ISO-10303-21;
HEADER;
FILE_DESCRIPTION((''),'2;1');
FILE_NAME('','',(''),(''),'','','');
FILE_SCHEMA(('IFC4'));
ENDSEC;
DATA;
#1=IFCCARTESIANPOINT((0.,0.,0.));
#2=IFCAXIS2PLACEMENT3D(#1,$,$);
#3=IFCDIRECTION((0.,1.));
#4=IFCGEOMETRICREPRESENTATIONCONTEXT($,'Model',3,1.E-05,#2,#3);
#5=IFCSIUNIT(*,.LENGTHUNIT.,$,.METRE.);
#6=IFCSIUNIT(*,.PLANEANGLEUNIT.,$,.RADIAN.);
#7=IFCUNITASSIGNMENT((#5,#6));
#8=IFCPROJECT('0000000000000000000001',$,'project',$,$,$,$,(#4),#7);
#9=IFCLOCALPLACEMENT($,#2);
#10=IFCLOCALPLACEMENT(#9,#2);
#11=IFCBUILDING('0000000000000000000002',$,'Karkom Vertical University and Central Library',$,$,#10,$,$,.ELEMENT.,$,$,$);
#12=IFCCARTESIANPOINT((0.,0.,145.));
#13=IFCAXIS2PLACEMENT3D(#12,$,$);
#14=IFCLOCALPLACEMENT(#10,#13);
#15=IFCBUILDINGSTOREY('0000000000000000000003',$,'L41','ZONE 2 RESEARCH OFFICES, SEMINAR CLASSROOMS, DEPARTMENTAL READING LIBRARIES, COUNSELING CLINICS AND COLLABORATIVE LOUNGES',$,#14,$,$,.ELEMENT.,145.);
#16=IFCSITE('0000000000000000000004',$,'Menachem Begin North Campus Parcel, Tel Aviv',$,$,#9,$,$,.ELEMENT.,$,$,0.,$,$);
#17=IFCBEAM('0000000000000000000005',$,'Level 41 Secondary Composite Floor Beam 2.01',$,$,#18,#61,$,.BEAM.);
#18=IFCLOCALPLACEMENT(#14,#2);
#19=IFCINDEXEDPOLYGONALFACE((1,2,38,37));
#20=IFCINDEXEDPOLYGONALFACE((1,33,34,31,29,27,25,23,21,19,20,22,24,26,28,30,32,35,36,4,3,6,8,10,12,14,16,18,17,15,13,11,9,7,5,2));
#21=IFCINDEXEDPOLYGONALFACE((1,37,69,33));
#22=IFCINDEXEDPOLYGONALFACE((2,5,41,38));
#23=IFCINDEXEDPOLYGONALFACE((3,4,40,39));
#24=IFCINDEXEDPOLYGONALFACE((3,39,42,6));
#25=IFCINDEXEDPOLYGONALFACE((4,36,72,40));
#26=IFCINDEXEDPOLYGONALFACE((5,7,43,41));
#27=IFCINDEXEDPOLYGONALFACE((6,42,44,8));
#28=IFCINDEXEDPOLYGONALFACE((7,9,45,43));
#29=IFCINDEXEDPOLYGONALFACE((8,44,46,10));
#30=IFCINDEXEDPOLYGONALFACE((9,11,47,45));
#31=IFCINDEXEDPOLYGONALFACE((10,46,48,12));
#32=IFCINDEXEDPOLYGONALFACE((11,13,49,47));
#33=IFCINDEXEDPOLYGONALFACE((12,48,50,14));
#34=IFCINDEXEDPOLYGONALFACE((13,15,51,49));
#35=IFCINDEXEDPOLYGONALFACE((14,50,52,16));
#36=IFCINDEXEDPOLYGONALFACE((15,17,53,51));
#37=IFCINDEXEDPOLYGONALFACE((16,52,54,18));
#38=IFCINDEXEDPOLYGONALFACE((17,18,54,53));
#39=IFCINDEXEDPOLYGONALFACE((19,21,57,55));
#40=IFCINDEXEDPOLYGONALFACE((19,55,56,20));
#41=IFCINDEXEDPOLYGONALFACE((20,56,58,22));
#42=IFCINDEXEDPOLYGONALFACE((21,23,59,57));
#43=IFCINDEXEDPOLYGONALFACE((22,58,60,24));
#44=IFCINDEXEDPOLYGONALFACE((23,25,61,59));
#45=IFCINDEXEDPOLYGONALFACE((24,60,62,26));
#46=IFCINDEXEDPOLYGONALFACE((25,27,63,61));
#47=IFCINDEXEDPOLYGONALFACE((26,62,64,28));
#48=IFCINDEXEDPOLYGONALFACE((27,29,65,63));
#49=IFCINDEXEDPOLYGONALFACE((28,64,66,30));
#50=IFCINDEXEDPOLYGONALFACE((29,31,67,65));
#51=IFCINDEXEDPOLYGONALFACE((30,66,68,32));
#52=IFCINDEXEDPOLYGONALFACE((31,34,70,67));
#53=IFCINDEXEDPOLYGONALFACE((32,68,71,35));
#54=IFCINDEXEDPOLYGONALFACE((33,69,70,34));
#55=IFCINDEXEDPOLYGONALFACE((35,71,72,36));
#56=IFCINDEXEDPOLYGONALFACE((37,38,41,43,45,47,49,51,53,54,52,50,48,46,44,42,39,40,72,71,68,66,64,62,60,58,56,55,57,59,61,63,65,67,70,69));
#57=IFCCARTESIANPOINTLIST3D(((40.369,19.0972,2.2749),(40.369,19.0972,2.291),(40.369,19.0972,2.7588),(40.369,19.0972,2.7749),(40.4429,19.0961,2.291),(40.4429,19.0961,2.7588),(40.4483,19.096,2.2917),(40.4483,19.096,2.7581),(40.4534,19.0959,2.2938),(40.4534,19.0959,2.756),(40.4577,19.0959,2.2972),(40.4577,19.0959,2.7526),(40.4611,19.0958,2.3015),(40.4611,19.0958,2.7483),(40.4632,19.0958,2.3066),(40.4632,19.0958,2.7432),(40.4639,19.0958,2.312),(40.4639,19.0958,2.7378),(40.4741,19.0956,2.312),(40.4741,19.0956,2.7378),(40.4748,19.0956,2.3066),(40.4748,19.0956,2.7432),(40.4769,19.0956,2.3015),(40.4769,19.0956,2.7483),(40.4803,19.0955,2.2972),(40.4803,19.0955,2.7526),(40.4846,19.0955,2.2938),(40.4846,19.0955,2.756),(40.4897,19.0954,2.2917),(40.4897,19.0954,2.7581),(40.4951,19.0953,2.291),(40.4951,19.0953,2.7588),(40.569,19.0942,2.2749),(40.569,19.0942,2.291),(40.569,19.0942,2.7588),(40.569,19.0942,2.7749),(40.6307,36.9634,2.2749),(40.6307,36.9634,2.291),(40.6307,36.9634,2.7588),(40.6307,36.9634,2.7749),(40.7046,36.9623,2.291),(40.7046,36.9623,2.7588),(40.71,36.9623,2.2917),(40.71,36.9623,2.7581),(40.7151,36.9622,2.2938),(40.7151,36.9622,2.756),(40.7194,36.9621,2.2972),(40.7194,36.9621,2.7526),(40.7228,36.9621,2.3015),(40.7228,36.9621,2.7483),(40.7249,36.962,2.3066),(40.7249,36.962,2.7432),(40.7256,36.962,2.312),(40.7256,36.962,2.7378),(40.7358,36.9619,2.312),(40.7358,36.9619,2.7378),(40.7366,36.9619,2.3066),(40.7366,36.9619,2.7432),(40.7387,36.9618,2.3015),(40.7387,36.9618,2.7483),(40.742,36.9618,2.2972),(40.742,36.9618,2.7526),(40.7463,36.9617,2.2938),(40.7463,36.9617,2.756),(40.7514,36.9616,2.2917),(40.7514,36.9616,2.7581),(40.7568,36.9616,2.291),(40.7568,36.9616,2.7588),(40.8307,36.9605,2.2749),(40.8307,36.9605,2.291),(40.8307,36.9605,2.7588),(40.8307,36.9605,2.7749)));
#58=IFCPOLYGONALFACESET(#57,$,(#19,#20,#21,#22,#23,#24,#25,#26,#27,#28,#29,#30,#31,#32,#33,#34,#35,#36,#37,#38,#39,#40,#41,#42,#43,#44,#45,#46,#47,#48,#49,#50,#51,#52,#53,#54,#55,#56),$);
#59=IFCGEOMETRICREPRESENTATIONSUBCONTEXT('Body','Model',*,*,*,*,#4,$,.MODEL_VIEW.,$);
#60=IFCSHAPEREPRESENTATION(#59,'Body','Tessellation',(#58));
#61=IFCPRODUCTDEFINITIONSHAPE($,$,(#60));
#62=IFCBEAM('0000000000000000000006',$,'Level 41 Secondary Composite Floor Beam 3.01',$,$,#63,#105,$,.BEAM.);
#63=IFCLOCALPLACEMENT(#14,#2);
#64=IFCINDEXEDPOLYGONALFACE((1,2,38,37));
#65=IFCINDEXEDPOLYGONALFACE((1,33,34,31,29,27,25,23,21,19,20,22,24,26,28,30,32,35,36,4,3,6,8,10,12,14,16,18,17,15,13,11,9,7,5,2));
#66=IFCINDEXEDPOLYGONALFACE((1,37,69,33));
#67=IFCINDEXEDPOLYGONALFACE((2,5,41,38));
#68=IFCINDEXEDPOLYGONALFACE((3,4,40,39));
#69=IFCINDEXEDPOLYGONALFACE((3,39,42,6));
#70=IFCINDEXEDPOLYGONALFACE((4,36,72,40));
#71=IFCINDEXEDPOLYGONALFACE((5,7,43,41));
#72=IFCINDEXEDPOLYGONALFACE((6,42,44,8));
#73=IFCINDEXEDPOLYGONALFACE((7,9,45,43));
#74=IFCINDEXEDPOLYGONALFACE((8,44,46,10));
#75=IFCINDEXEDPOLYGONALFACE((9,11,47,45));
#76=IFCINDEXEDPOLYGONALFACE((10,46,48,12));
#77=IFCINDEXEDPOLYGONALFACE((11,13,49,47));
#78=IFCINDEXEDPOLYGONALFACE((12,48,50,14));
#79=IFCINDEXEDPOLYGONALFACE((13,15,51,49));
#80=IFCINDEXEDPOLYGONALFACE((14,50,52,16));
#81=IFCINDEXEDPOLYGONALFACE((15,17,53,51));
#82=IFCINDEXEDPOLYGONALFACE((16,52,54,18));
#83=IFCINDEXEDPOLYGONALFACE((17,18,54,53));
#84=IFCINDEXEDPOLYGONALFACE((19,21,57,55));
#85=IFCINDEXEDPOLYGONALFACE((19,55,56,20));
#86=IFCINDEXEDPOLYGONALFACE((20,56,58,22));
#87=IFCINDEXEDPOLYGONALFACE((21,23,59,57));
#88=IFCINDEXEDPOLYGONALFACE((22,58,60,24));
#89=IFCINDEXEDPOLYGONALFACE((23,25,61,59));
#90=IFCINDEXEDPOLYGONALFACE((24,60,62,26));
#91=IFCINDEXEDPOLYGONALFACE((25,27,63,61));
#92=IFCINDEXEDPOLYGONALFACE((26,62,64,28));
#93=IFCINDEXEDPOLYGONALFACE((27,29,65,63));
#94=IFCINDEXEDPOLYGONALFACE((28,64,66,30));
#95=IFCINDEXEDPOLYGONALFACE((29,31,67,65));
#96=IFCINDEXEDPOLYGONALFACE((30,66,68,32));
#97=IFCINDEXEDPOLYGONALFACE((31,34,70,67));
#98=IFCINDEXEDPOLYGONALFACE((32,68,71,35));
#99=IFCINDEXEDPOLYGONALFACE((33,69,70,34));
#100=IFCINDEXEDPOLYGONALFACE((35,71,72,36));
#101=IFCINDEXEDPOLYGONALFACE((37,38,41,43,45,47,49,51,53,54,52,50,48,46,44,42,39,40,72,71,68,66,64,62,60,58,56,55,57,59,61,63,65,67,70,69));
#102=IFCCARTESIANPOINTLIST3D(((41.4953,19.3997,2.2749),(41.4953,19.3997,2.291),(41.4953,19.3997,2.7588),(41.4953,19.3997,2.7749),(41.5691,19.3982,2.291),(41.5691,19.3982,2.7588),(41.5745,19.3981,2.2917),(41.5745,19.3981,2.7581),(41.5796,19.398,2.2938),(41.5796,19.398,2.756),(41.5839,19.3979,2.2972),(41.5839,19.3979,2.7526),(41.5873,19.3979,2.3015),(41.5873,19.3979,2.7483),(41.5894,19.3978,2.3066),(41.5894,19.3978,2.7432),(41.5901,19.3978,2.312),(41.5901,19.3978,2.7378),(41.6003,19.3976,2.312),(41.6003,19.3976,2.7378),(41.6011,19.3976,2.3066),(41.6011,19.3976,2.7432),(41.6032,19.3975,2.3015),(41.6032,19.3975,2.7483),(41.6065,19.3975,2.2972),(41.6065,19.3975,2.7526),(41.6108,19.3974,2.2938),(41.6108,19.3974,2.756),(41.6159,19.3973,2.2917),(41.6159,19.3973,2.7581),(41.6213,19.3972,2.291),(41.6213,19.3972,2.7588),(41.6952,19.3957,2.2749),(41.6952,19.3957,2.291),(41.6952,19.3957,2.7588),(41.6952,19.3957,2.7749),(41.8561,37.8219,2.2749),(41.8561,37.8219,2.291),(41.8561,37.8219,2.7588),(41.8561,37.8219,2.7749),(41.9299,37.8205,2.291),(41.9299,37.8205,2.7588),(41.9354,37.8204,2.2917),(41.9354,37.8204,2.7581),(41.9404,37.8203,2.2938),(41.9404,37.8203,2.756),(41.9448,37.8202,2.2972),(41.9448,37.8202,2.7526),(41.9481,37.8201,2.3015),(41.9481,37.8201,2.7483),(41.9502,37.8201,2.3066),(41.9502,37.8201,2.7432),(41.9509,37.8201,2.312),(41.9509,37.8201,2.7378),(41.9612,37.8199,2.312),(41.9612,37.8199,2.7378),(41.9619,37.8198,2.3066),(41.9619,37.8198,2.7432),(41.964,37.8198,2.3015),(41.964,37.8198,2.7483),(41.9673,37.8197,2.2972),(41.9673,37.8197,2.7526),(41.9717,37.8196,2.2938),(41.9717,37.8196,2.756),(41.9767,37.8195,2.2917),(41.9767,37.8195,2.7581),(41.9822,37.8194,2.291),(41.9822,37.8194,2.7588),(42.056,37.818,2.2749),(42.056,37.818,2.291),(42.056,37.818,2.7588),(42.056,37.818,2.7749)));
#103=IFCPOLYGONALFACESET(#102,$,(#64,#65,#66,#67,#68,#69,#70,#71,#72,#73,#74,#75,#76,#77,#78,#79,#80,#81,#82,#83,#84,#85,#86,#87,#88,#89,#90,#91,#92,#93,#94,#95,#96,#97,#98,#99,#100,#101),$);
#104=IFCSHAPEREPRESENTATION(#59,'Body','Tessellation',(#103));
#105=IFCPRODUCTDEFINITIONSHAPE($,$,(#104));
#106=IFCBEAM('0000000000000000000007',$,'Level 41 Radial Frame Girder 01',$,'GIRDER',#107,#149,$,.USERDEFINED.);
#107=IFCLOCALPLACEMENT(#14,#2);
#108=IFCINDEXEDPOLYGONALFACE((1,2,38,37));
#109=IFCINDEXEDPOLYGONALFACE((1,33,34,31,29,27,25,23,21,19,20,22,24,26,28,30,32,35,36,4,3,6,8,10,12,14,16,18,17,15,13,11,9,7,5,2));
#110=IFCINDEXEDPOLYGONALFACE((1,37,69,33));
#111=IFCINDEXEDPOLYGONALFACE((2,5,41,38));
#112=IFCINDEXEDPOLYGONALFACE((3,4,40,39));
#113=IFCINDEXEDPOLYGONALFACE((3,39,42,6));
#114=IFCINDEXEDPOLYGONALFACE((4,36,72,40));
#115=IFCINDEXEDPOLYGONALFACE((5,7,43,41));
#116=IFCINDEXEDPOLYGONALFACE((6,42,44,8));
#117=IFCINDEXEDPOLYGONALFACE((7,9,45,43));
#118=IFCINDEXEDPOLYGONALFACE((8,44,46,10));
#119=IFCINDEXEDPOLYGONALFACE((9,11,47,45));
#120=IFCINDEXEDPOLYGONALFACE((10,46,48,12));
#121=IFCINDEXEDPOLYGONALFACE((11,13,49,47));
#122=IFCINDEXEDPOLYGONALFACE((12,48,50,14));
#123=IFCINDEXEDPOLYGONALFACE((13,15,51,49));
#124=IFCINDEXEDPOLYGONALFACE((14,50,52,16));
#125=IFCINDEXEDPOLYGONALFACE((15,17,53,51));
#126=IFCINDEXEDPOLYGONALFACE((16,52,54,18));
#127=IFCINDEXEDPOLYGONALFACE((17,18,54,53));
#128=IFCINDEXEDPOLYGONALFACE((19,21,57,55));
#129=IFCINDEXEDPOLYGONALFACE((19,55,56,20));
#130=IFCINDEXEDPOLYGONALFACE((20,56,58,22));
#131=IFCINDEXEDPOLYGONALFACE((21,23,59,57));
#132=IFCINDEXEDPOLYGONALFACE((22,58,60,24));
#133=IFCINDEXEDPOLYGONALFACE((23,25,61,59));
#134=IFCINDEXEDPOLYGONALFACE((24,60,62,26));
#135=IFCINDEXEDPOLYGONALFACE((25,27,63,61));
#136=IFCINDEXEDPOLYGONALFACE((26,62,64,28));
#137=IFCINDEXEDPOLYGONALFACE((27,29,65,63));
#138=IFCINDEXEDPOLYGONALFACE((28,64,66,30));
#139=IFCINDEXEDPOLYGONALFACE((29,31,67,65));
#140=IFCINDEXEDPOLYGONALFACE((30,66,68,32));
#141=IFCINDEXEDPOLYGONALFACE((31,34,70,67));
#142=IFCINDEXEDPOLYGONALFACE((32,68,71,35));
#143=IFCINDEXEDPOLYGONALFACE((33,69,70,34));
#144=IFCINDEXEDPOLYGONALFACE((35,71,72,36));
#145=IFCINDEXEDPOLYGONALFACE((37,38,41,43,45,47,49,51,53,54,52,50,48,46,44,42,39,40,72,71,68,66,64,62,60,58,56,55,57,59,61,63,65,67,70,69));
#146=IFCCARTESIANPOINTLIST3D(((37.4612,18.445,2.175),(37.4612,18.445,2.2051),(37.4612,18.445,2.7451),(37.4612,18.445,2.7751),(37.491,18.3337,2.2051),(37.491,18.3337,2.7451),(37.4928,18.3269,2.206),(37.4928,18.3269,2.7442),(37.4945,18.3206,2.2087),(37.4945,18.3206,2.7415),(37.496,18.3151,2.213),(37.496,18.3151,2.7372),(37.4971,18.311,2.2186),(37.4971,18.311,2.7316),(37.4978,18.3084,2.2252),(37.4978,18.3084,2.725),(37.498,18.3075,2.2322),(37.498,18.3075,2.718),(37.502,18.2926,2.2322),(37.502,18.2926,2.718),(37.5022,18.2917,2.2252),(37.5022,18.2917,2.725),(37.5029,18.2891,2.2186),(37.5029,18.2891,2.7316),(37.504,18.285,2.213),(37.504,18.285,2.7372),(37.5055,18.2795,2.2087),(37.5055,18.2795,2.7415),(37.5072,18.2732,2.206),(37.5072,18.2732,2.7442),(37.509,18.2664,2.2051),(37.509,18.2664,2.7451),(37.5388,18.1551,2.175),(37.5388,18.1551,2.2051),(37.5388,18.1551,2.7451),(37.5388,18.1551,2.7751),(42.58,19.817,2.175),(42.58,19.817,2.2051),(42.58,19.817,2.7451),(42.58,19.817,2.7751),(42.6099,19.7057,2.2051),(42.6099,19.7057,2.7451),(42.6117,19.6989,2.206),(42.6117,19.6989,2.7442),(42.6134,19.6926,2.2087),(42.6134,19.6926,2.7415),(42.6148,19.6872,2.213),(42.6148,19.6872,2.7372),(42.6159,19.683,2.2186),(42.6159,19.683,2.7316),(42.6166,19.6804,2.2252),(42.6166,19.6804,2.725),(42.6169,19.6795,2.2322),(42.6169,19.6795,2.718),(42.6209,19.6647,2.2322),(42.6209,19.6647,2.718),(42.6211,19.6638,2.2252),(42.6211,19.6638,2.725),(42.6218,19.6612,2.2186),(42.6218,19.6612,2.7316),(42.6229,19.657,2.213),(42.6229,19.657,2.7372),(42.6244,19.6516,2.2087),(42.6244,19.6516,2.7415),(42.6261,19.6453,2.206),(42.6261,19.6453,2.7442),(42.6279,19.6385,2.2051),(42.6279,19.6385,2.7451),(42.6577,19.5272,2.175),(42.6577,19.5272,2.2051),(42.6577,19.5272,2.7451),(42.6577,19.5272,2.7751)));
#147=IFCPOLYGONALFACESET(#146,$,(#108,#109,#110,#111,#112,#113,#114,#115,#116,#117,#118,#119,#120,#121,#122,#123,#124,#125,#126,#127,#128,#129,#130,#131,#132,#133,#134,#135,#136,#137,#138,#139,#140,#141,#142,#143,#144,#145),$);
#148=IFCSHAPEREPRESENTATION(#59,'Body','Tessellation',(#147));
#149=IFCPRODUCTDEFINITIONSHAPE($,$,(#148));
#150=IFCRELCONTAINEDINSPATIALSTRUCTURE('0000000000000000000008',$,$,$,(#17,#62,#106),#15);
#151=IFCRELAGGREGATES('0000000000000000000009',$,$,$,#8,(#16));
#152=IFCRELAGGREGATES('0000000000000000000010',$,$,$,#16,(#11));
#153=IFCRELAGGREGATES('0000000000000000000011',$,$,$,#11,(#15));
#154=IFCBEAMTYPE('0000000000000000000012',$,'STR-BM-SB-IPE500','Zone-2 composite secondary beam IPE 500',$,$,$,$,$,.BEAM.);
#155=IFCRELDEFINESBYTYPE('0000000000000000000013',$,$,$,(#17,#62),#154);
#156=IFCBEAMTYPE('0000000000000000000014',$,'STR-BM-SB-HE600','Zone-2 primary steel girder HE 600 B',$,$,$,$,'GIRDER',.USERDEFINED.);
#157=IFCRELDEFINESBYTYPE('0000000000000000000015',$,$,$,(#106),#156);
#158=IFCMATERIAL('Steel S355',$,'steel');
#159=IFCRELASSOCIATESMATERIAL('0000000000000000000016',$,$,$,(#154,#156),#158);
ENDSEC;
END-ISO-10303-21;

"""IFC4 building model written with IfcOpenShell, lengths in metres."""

from ifc_helpers import new_model, si_unit, direction, frame, origin, origin_with_axes, origin_2d, place, context, subcontext, project, spatial, i_section, extrude, source, transform, mapped, material, material_profile, profile_set, type_object, element, save


model = new_model("IFC4")

# Units and contexts
model_context = context("Model", 3, precision=1e-05, world=origin(), true_north=direction((0.0, 1.0)))
body_context = subcontext(model_context, "Body", "Model", "MODEL_VIEW")
ifc_project = project(units=[si_unit("LENGTHUNIT", "METRE"), si_unit("PLANEANGLEUNIT", "RADIAN")], contexts=[model_context])

# Site, building, storey
site_placement = place(None, origin())
site = spatial("IfcSite", under=ifc_project, at=site_placement, Name="Menachem Begin North Campus Parcel, Tel Aviv", CompositionType="ELEMENT", RefElevation=0.0)
building_placement = place(site_placement, origin())
building = spatial("IfcBuilding", under=site, at=building_placement, Name="Karkom Vertical University and Central Library", CompositionType="ELEMENT")
storey_placement = place(building_placement, frame((0.0, 0.0, 145.0)))
storey = spatial("IfcBuildingStorey", under=building, at=storey_placement, Name="L41", Description="ZONE 2 RESEARCH OFFICES, SEMINAR CLASSROOMS, DEPARTMENTAL READING LIBRARIES, COUNSELING CLINICS AND COLLABORATIVE LOUNGES", CompositionType="ELEMENT", Elevation=145.0)

# Beams
ifc_material_1 = material(Name="Steel S355", Category="steel")
ifc_material_profile_1 = material_profile(ifc_material_1, i_section(OverallWidth=0.2, OverallDepth=0.5, WebThickness=0.0103, FlangeThickness=0.0161, FilletRadius=0.021, at=origin_2d()), Name="IPE 500")
ifc_profile_set_1 = profile_set([ifc_material_profile_1], Name="Steel S355")
beam_type_1 = type_object("IfcBeamType", Name="STR-BM-SB-IPE500", Description="Zone-2 composite secondary beam IPE 500", PredefinedType="BEAM", material=ifc_profile_set_1)
shared_shape_1 = source(origin_with_axes(), body_context, "Body", "SweptSolid", [
    extrude(i_section(OverallWidth=0.2, OverallDepth=0.5, WebThickness=0.0103, FlangeThickness=0.0161, FilletRadius=0.021, at=origin_2d()), origin(), (0.0, 0.0, 1.0), 17.8682),
])
beam_1_placement = place(storey_placement, frame((40.469, 19.0957, 2.5249), z_axis=(0.014647, 0.999893, 0.0), x_axis=(-0.999893, 0.014647, 0.0)))
element("IfcBeam", 1, at=beam_1_placement, inside=storey, type_object=beam_type_1, Name="Level 41 Secondary Composite Floor Beam 2.01", PredefinedType="BEAM", context=body_context, shape_type="MappedRepresentation", body=[
    mapped(shared_shape_1, transform((0.0, 0.0, 0.0), scale=1.0)),
])
shared_shape_2 = source(origin_with_axes(), body_context, "Body", "SweptSolid", [
    extrude(i_section(OverallWidth=0.2, OverallDepth=0.5, WebThickness=0.0103, FlangeThickness=0.0161, FilletRadius=0.021, at=origin_2d()), origin(), (0.0, 0.0, 1.0), 18.4258),
])
beam_2_placement = place(storey_placement, frame((41.5952, 19.3977, 2.5249), z_axis=(0.019583, 0.999808, 0.0), x_axis=(-0.999808, 0.019583, 0.0)))
element("IfcBeam", 2, at=beam_2_placement, inside=storey, type_object=beam_type_1, Name="Level 41 Secondary Composite Floor Beam 3.01", PredefinedType="BEAM", context=body_context, shape_type="MappedRepresentation", body=[
    mapped(shared_shape_2, transform((0.0, 0.0, 0.0), scale=1.0)),
])
ifc_material_profile_2 = material_profile(ifc_material_1, i_section(OverallWidth=0.3, OverallDepth=0.6001, WebThickness=0.0154, FlangeThickness=0.03, FilletRadius=0.0271, at=origin_2d()), Name="HE 600 B")
ifc_profile_set_2 = profile_set([ifc_material_profile_2], Name="Steel S355")
beam_type_2 = type_object("IfcBeamType", Name="STR-BM-SB-HE600", Description="Zone-2 primary steel girder HE 600 B", ElementType="GIRDER", PredefinedType="USERDEFINED", material=ifc_profile_set_2)
shared_shape_3 = source(origin_with_axes(), body_context, "Body", "SweptSolid", [
    extrude(i_section(OverallWidth=0.3, OverallDepth=0.6001, WebThickness=0.0154, FlangeThickness=0.03, FilletRadius=0.0271, at=origin_2d()), origin(), (0.0, 0.0, 1.0), 5.2996),
])
beam_3_placement = place(storey_placement, frame((37.5, 18.3, 2.4751), z_axis=(0.965904, 0.258901, 0.0), x_axis=(-0.258901, 0.965904, 0.0)))
element("IfcBeam", 3, at=beam_3_placement, inside=storey, type_object=beam_type_2, Name="Level 41 Radial Frame Girder 01", ObjectType="GIRDER", PredefinedType="USERDEFINED", context=body_context, shape_type="MappedRepresentation", body=[
    mapped(shared_shape_3, transform((0.0, 0.0, 0.0), scale=1.0)),
])

save(model, "model.ifc")
